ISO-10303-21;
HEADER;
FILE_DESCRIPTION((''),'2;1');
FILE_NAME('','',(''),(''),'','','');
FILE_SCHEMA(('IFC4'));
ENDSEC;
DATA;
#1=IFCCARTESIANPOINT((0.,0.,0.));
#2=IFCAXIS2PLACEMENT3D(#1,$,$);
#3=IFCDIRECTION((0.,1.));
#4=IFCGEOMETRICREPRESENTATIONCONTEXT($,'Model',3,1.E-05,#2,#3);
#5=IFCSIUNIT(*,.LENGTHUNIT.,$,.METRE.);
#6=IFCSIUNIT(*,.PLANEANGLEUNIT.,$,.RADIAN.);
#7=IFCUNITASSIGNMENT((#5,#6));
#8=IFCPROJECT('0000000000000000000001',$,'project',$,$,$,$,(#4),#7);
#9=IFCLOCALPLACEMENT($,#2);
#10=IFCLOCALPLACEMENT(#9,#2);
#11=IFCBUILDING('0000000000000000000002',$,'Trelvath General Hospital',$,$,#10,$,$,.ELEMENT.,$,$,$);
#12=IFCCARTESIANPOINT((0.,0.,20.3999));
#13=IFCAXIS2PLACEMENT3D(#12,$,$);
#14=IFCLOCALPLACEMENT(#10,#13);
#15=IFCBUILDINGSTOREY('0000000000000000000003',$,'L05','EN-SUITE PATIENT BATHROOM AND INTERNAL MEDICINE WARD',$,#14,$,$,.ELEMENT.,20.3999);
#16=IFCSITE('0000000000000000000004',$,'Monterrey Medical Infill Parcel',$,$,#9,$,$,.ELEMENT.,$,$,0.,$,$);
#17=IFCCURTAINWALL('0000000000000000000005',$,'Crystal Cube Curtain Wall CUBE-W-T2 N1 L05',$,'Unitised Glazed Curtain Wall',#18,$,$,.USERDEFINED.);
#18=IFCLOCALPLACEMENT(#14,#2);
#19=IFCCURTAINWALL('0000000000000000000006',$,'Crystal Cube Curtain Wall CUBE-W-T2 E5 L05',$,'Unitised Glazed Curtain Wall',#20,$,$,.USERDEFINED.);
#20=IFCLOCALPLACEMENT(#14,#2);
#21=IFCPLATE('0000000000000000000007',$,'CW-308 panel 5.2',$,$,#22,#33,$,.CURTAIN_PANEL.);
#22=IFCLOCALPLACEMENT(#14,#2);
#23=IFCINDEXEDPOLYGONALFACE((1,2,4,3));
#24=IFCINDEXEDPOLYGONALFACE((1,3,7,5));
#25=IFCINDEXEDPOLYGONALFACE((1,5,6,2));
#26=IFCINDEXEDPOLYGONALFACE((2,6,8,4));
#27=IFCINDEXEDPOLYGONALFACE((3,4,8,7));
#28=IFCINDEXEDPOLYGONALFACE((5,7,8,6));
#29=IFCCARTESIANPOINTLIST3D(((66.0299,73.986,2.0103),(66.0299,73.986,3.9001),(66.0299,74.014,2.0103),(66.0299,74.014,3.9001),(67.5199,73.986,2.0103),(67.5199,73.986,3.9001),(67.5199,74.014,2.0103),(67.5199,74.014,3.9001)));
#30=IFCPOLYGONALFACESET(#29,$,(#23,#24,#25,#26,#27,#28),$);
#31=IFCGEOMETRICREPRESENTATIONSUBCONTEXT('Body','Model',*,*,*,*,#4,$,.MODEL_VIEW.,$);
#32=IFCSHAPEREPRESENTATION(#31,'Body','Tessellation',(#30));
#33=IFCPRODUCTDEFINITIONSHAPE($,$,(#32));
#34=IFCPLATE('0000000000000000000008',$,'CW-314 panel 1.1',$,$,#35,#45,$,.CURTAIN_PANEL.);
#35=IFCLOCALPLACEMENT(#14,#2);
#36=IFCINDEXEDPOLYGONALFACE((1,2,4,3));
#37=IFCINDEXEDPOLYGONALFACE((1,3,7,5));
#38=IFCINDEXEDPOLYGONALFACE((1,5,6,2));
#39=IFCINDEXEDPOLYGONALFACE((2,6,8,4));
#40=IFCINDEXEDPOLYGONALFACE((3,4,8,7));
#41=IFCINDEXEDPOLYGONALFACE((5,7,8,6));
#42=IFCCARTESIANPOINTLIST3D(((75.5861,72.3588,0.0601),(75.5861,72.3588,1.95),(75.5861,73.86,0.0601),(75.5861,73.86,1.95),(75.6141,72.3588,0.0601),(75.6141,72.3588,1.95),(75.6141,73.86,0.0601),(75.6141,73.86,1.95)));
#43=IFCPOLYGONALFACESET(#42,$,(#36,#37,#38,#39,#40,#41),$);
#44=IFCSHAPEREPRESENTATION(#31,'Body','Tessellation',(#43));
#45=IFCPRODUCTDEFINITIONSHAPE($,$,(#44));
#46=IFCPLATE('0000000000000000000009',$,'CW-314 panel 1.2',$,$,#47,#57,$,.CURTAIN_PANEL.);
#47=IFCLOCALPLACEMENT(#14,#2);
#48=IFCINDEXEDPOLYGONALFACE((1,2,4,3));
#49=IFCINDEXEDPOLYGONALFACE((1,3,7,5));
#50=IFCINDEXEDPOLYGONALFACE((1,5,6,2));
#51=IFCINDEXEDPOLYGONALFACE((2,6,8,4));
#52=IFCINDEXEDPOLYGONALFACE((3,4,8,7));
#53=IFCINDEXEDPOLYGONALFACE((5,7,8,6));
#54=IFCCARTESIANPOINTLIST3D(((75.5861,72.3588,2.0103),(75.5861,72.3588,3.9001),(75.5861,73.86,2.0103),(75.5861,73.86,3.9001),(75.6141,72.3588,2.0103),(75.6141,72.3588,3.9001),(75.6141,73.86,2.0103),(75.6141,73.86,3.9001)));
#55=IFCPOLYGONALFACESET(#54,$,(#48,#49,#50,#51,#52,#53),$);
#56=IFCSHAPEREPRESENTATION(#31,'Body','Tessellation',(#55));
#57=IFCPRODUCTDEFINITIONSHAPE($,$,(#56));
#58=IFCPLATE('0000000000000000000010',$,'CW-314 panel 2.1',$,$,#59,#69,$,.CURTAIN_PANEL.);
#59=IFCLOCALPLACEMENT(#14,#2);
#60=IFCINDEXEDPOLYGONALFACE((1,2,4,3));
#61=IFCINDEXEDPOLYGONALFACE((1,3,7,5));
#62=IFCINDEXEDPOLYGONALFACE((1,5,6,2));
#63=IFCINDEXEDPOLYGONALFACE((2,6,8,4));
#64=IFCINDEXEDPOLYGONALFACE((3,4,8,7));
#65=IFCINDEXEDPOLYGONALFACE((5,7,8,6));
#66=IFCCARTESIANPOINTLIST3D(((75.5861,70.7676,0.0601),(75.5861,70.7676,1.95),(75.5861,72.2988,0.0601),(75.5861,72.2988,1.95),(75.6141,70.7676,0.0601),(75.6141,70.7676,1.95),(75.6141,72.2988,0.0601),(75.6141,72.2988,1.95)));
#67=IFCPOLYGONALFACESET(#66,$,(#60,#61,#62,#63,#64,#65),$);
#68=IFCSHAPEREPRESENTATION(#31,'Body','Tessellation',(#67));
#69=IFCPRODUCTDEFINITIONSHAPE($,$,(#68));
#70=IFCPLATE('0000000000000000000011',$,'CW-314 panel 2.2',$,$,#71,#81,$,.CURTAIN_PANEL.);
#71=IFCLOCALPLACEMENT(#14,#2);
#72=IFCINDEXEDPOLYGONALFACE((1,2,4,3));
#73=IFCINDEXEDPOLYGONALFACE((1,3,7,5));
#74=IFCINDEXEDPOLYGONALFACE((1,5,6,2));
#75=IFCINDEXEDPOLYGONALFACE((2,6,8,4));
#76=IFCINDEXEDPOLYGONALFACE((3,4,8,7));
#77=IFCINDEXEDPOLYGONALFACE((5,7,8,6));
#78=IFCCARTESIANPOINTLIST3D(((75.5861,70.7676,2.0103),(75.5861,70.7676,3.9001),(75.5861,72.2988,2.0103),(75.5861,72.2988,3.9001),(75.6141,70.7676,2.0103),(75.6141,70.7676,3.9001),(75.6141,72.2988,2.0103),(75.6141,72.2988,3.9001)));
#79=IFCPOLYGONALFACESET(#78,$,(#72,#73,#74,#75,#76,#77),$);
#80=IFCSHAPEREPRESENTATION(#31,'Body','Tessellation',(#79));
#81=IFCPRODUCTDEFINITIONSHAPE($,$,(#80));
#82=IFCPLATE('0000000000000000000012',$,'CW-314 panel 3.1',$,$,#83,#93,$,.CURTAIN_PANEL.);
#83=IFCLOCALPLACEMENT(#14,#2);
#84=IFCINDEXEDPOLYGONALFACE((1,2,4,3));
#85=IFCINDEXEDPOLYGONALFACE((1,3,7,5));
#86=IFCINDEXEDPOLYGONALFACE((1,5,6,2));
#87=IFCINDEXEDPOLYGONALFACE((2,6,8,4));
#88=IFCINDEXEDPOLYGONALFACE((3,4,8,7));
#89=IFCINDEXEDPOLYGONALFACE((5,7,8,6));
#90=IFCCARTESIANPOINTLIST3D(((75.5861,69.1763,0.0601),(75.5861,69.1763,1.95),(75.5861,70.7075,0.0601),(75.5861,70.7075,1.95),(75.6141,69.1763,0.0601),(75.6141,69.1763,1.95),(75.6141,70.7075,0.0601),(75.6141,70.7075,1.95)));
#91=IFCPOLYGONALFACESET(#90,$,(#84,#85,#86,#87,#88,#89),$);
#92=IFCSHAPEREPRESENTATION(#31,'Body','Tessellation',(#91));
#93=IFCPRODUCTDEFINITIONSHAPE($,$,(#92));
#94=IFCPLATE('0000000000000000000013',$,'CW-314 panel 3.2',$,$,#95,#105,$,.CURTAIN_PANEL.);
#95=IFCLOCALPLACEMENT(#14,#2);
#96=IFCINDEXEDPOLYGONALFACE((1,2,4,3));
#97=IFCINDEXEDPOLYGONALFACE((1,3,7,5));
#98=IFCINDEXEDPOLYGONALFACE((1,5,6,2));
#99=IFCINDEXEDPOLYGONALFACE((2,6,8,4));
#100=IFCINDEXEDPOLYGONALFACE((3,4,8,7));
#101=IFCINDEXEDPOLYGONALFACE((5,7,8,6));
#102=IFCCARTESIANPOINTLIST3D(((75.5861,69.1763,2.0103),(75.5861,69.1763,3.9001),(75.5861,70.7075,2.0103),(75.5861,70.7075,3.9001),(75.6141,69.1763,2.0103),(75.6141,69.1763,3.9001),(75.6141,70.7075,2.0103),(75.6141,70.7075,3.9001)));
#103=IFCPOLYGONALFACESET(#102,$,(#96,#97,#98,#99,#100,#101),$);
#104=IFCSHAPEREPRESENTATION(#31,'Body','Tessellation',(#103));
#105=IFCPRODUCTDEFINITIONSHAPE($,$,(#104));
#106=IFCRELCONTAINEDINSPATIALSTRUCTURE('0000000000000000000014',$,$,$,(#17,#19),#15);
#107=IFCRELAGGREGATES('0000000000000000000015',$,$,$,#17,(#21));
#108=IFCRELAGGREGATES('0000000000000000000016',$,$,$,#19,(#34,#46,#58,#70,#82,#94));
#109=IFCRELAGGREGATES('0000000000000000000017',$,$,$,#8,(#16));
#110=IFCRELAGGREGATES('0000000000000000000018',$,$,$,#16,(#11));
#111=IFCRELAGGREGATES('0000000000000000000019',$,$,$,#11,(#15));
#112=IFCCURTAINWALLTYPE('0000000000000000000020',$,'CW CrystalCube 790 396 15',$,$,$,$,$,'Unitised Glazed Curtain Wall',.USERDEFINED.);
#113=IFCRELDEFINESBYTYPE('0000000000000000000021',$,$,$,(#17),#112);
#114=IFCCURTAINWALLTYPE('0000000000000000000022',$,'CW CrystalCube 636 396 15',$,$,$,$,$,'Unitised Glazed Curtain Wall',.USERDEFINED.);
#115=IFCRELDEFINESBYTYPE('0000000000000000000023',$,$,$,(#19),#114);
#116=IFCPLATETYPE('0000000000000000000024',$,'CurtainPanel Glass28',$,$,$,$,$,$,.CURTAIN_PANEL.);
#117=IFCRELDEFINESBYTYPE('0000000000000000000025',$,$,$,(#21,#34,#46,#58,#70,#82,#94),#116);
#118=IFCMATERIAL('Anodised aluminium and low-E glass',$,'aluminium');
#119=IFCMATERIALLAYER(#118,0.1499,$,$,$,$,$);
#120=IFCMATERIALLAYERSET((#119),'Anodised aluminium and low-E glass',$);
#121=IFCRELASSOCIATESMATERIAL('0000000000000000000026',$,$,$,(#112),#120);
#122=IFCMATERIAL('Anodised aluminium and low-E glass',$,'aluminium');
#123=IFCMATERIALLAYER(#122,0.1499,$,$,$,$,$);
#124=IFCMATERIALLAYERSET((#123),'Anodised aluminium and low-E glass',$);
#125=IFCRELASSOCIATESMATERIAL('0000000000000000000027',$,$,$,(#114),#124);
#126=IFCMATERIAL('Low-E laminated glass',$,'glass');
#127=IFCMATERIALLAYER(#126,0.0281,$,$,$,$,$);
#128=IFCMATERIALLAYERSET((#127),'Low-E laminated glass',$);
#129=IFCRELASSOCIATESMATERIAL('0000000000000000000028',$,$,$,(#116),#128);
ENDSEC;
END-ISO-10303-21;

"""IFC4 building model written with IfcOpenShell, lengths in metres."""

from ifc_helpers import new_model, si_unit, direction, frame, origin, origin_2d, place, context, subcontext, project, spatial, rectangle, extrude, material, layer, layer_set, type_object, element, aggregate, save


model = new_model("IFC4")

# Units and contexts
model_context = context("Model", 3, precision=1e-05, world=origin(), true_north=direction((0.0, 1.0)))
body_context = subcontext(model_context, "Body", "Model", "MODEL_VIEW")
ifc_project = project(units=[si_unit("LENGTHUNIT", "METRE"), si_unit("PLANEANGLEUNIT", "RADIAN")], contexts=[model_context])

# Site, building, storey
site_placement = place(None, origin())
site = spatial("IfcSite", under=ifc_project, at=site_placement, Name="Monterrey Medical Infill Parcel", CompositionType="ELEMENT", RefElevation=0.0)
building_placement = place(site_placement, origin())
building = spatial("IfcBuilding", under=site, at=building_placement, Name="Trelvath General Hospital", CompositionType="ELEMENT")
storey_placement = place(building_placement, frame((0.0, 0.0, 20.3999)))
storey = spatial("IfcBuildingStorey", under=building, at=storey_placement, Name="L05", Description="EN-SUITE PATIENT BATHROOM AND INTERNAL MEDICINE WARD", CompositionType="ELEMENT", Elevation=20.3999)

# Curtain wall
ifc_material_1 = material(Name="Anodised aluminium and low-E glass", Category="aluminium")
ifc_layer_1 = layer(ifc_material_1, 0.1499)
ifc_layer_set_1 = layer_set([ifc_layer_1], Name="Anodised aluminium and low-E glass")
curtain_wall_type_1 = type_object("IfcCurtainWallType", Name="CW CrystalCube 790 396 15", ElementType="Unitised Glazed Curtain Wall", PredefinedType="USERDEFINED", material=ifc_layer_set_1)
curtain_wall_1_placement = place(storey_placement, origin())
curtain_wall_1 = element("IfcCurtainWall", 1, at=curtain_wall_1_placement, inside=storey, type_object=curtain_wall_type_1, Name="Crystal Cube Curtain Wall CUBE-W-T2 N1 L05", ObjectType="Unitised Glazed Curtain Wall", PredefinedType="USERDEFINED")

# Curtain wall
ifc_material_2 = material(Name="Anodised aluminium and low-E glass", Category="aluminium")
ifc_layer_2 = layer(ifc_material_2, 0.1499)
ifc_layer_set_2 = layer_set([ifc_layer_2], Name="Anodised aluminium and low-E glass")
curtain_wall_type_2 = type_object("IfcCurtainWallType", Name="CW CrystalCube 636 396 15", ElementType="Unitised Glazed Curtain Wall", PredefinedType="USERDEFINED", material=ifc_layer_set_2)
curtain_wall_2_placement = place(storey_placement, origin())
curtain_wall_2 = element("IfcCurtainWall", 2, at=curtain_wall_2_placement, inside=storey, type_object=curtain_wall_type_2, Name="Crystal Cube Curtain Wall CUBE-W-T2 E5 L05", ObjectType="Unitised Glazed Curtain Wall", PredefinedType="USERDEFINED")

# Plates
ifc_material_3 = material(Name="Low-E laminated glass", Category="glass")
ifc_layer_3 = layer(ifc_material_3, 0.0281)
ifc_layer_set_3 = layer_set([ifc_layer_3], Name="Low-E laminated glass")
plate_type = type_object("IfcPlateType", Name="CurtainPanel Glass28", PredefinedType="CURTAIN_PANEL", material=ifc_layer_set_3)
plate_1_placement = place(storey_placement, frame((66.7749, 74.0, 2.0103), z_axis=(0.0, 0.0, 1.0), x_axis=(1.0, 0.0, 0.0)))
plate_1 = element("IfcPlate", 3, at=plate_1_placement, type_object=plate_type, Name="CW-308 panel 5.2", PredefinedType="CURTAIN_PANEL", context=body_context, shape_type="SweptSolid", body=[
    extrude(rectangle(XDim=1.49, YDim=0.0281, at=origin_2d()), origin(), (0.0, 0.0, 1.0), 1.8899),
])
aggregate(curtain_wall_1, [plate_1])
plate_2_placement = place(storey_placement, frame((75.6001, 73.1094, 0.0601), z_axis=(0.0, 0.0, 1.0), x_axis=(0.0, -1.0, 0.0)))
plate_2 = element("IfcPlate", 4, at=plate_2_placement, type_object=plate_type, Name="CW-314 panel 1.1", PredefinedType="CURTAIN_PANEL", context=body_context, shape_type="SweptSolid", body=[
    extrude(rectangle(XDim=1.5012, YDim=0.0281, at=origin_2d()), origin(), (0.0, 0.0, 1.0), 1.8899),
])
plate_3_placement = place(storey_placement, frame((75.6001, 73.1094, 2.0103), z_axis=(0.0, 0.0, 1.0), x_axis=(0.0, -1.0, 0.0)))
plate_3 = element("IfcPlate", 5, at=plate_3_placement, type_object=plate_type, Name="CW-314 panel 1.2", PredefinedType="CURTAIN_PANEL", context=body_context, shape_type="SweptSolid", body=[
    extrude(rectangle(XDim=1.5012, YDim=0.0281, at=origin_2d()), origin(), (0.0, 0.0, 1.0), 1.8899),
])
plate_4_placement = place(storey_placement, frame((75.6001, 71.5332, 0.0601), z_axis=(0.0, 0.0, 1.0), x_axis=(0.0, -1.0, 0.0)))
plate_4 = element("IfcPlate", 6, at=plate_4_placement, type_object=plate_type, Name="CW-314 panel 2.1", PredefinedType="CURTAIN_PANEL", context=body_context, shape_type="SweptSolid", body=[
    extrude(rectangle(XDim=1.5312, YDim=0.0281, at=origin_2d()), origin(), (0.0, 0.0, 1.0), 1.8899),
])
plate_5_placement = place(storey_placement, frame((75.6001, 71.5332, 2.0103), z_axis=(0.0, 0.0, 1.0), x_axis=(0.0, -1.0, 0.0)))
plate_5 = element("IfcPlate", 7, at=plate_5_placement, type_object=plate_type, Name="CW-314 panel 2.2", PredefinedType="CURTAIN_PANEL", context=body_context, shape_type="SweptSolid", body=[
    extrude(rectangle(XDim=1.5312, YDim=0.0281, at=origin_2d()), origin(), (0.0, 0.0, 1.0), 1.8899),
])
plate_6_placement = place(storey_placement, frame((75.6001, 69.9419, 0.0601), z_axis=(0.0, 0.0, 1.0), x_axis=(0.0, -1.0, 0.0)))
plate_6 = element("IfcPlate", 8, at=plate_6_placement, type_object=plate_type, Name="CW-314 panel 3.1", PredefinedType="CURTAIN_PANEL", context=body_context, shape_type="SweptSolid", body=[
    extrude(rectangle(XDim=1.5312, YDim=0.0281, at=origin_2d()), origin(), (0.0, 0.0, 1.0), 1.8899),
])
plate_7_placement = place(storey_placement, frame((75.6001, 69.9419, 2.0103), z_axis=(0.0, 0.0, 1.0), x_axis=(0.0, -1.0, 0.0)))
plate_7 = element("IfcPlate", 9, at=plate_7_placement, type_object=plate_type, Name="CW-314 panel 3.2", PredefinedType="CURTAIN_PANEL", context=body_context, shape_type="SweptSolid", body=[
    extrude(rectangle(XDim=1.5312, YDim=0.0281, at=origin_2d()), origin(), (0.0, 0.0, 1.0), 1.8899),
])
aggregate(curtain_wall_2, [plate_2, plate_3, plate_4, plate_5, plate_6, plate_7])

save(model, "model.ifc")
